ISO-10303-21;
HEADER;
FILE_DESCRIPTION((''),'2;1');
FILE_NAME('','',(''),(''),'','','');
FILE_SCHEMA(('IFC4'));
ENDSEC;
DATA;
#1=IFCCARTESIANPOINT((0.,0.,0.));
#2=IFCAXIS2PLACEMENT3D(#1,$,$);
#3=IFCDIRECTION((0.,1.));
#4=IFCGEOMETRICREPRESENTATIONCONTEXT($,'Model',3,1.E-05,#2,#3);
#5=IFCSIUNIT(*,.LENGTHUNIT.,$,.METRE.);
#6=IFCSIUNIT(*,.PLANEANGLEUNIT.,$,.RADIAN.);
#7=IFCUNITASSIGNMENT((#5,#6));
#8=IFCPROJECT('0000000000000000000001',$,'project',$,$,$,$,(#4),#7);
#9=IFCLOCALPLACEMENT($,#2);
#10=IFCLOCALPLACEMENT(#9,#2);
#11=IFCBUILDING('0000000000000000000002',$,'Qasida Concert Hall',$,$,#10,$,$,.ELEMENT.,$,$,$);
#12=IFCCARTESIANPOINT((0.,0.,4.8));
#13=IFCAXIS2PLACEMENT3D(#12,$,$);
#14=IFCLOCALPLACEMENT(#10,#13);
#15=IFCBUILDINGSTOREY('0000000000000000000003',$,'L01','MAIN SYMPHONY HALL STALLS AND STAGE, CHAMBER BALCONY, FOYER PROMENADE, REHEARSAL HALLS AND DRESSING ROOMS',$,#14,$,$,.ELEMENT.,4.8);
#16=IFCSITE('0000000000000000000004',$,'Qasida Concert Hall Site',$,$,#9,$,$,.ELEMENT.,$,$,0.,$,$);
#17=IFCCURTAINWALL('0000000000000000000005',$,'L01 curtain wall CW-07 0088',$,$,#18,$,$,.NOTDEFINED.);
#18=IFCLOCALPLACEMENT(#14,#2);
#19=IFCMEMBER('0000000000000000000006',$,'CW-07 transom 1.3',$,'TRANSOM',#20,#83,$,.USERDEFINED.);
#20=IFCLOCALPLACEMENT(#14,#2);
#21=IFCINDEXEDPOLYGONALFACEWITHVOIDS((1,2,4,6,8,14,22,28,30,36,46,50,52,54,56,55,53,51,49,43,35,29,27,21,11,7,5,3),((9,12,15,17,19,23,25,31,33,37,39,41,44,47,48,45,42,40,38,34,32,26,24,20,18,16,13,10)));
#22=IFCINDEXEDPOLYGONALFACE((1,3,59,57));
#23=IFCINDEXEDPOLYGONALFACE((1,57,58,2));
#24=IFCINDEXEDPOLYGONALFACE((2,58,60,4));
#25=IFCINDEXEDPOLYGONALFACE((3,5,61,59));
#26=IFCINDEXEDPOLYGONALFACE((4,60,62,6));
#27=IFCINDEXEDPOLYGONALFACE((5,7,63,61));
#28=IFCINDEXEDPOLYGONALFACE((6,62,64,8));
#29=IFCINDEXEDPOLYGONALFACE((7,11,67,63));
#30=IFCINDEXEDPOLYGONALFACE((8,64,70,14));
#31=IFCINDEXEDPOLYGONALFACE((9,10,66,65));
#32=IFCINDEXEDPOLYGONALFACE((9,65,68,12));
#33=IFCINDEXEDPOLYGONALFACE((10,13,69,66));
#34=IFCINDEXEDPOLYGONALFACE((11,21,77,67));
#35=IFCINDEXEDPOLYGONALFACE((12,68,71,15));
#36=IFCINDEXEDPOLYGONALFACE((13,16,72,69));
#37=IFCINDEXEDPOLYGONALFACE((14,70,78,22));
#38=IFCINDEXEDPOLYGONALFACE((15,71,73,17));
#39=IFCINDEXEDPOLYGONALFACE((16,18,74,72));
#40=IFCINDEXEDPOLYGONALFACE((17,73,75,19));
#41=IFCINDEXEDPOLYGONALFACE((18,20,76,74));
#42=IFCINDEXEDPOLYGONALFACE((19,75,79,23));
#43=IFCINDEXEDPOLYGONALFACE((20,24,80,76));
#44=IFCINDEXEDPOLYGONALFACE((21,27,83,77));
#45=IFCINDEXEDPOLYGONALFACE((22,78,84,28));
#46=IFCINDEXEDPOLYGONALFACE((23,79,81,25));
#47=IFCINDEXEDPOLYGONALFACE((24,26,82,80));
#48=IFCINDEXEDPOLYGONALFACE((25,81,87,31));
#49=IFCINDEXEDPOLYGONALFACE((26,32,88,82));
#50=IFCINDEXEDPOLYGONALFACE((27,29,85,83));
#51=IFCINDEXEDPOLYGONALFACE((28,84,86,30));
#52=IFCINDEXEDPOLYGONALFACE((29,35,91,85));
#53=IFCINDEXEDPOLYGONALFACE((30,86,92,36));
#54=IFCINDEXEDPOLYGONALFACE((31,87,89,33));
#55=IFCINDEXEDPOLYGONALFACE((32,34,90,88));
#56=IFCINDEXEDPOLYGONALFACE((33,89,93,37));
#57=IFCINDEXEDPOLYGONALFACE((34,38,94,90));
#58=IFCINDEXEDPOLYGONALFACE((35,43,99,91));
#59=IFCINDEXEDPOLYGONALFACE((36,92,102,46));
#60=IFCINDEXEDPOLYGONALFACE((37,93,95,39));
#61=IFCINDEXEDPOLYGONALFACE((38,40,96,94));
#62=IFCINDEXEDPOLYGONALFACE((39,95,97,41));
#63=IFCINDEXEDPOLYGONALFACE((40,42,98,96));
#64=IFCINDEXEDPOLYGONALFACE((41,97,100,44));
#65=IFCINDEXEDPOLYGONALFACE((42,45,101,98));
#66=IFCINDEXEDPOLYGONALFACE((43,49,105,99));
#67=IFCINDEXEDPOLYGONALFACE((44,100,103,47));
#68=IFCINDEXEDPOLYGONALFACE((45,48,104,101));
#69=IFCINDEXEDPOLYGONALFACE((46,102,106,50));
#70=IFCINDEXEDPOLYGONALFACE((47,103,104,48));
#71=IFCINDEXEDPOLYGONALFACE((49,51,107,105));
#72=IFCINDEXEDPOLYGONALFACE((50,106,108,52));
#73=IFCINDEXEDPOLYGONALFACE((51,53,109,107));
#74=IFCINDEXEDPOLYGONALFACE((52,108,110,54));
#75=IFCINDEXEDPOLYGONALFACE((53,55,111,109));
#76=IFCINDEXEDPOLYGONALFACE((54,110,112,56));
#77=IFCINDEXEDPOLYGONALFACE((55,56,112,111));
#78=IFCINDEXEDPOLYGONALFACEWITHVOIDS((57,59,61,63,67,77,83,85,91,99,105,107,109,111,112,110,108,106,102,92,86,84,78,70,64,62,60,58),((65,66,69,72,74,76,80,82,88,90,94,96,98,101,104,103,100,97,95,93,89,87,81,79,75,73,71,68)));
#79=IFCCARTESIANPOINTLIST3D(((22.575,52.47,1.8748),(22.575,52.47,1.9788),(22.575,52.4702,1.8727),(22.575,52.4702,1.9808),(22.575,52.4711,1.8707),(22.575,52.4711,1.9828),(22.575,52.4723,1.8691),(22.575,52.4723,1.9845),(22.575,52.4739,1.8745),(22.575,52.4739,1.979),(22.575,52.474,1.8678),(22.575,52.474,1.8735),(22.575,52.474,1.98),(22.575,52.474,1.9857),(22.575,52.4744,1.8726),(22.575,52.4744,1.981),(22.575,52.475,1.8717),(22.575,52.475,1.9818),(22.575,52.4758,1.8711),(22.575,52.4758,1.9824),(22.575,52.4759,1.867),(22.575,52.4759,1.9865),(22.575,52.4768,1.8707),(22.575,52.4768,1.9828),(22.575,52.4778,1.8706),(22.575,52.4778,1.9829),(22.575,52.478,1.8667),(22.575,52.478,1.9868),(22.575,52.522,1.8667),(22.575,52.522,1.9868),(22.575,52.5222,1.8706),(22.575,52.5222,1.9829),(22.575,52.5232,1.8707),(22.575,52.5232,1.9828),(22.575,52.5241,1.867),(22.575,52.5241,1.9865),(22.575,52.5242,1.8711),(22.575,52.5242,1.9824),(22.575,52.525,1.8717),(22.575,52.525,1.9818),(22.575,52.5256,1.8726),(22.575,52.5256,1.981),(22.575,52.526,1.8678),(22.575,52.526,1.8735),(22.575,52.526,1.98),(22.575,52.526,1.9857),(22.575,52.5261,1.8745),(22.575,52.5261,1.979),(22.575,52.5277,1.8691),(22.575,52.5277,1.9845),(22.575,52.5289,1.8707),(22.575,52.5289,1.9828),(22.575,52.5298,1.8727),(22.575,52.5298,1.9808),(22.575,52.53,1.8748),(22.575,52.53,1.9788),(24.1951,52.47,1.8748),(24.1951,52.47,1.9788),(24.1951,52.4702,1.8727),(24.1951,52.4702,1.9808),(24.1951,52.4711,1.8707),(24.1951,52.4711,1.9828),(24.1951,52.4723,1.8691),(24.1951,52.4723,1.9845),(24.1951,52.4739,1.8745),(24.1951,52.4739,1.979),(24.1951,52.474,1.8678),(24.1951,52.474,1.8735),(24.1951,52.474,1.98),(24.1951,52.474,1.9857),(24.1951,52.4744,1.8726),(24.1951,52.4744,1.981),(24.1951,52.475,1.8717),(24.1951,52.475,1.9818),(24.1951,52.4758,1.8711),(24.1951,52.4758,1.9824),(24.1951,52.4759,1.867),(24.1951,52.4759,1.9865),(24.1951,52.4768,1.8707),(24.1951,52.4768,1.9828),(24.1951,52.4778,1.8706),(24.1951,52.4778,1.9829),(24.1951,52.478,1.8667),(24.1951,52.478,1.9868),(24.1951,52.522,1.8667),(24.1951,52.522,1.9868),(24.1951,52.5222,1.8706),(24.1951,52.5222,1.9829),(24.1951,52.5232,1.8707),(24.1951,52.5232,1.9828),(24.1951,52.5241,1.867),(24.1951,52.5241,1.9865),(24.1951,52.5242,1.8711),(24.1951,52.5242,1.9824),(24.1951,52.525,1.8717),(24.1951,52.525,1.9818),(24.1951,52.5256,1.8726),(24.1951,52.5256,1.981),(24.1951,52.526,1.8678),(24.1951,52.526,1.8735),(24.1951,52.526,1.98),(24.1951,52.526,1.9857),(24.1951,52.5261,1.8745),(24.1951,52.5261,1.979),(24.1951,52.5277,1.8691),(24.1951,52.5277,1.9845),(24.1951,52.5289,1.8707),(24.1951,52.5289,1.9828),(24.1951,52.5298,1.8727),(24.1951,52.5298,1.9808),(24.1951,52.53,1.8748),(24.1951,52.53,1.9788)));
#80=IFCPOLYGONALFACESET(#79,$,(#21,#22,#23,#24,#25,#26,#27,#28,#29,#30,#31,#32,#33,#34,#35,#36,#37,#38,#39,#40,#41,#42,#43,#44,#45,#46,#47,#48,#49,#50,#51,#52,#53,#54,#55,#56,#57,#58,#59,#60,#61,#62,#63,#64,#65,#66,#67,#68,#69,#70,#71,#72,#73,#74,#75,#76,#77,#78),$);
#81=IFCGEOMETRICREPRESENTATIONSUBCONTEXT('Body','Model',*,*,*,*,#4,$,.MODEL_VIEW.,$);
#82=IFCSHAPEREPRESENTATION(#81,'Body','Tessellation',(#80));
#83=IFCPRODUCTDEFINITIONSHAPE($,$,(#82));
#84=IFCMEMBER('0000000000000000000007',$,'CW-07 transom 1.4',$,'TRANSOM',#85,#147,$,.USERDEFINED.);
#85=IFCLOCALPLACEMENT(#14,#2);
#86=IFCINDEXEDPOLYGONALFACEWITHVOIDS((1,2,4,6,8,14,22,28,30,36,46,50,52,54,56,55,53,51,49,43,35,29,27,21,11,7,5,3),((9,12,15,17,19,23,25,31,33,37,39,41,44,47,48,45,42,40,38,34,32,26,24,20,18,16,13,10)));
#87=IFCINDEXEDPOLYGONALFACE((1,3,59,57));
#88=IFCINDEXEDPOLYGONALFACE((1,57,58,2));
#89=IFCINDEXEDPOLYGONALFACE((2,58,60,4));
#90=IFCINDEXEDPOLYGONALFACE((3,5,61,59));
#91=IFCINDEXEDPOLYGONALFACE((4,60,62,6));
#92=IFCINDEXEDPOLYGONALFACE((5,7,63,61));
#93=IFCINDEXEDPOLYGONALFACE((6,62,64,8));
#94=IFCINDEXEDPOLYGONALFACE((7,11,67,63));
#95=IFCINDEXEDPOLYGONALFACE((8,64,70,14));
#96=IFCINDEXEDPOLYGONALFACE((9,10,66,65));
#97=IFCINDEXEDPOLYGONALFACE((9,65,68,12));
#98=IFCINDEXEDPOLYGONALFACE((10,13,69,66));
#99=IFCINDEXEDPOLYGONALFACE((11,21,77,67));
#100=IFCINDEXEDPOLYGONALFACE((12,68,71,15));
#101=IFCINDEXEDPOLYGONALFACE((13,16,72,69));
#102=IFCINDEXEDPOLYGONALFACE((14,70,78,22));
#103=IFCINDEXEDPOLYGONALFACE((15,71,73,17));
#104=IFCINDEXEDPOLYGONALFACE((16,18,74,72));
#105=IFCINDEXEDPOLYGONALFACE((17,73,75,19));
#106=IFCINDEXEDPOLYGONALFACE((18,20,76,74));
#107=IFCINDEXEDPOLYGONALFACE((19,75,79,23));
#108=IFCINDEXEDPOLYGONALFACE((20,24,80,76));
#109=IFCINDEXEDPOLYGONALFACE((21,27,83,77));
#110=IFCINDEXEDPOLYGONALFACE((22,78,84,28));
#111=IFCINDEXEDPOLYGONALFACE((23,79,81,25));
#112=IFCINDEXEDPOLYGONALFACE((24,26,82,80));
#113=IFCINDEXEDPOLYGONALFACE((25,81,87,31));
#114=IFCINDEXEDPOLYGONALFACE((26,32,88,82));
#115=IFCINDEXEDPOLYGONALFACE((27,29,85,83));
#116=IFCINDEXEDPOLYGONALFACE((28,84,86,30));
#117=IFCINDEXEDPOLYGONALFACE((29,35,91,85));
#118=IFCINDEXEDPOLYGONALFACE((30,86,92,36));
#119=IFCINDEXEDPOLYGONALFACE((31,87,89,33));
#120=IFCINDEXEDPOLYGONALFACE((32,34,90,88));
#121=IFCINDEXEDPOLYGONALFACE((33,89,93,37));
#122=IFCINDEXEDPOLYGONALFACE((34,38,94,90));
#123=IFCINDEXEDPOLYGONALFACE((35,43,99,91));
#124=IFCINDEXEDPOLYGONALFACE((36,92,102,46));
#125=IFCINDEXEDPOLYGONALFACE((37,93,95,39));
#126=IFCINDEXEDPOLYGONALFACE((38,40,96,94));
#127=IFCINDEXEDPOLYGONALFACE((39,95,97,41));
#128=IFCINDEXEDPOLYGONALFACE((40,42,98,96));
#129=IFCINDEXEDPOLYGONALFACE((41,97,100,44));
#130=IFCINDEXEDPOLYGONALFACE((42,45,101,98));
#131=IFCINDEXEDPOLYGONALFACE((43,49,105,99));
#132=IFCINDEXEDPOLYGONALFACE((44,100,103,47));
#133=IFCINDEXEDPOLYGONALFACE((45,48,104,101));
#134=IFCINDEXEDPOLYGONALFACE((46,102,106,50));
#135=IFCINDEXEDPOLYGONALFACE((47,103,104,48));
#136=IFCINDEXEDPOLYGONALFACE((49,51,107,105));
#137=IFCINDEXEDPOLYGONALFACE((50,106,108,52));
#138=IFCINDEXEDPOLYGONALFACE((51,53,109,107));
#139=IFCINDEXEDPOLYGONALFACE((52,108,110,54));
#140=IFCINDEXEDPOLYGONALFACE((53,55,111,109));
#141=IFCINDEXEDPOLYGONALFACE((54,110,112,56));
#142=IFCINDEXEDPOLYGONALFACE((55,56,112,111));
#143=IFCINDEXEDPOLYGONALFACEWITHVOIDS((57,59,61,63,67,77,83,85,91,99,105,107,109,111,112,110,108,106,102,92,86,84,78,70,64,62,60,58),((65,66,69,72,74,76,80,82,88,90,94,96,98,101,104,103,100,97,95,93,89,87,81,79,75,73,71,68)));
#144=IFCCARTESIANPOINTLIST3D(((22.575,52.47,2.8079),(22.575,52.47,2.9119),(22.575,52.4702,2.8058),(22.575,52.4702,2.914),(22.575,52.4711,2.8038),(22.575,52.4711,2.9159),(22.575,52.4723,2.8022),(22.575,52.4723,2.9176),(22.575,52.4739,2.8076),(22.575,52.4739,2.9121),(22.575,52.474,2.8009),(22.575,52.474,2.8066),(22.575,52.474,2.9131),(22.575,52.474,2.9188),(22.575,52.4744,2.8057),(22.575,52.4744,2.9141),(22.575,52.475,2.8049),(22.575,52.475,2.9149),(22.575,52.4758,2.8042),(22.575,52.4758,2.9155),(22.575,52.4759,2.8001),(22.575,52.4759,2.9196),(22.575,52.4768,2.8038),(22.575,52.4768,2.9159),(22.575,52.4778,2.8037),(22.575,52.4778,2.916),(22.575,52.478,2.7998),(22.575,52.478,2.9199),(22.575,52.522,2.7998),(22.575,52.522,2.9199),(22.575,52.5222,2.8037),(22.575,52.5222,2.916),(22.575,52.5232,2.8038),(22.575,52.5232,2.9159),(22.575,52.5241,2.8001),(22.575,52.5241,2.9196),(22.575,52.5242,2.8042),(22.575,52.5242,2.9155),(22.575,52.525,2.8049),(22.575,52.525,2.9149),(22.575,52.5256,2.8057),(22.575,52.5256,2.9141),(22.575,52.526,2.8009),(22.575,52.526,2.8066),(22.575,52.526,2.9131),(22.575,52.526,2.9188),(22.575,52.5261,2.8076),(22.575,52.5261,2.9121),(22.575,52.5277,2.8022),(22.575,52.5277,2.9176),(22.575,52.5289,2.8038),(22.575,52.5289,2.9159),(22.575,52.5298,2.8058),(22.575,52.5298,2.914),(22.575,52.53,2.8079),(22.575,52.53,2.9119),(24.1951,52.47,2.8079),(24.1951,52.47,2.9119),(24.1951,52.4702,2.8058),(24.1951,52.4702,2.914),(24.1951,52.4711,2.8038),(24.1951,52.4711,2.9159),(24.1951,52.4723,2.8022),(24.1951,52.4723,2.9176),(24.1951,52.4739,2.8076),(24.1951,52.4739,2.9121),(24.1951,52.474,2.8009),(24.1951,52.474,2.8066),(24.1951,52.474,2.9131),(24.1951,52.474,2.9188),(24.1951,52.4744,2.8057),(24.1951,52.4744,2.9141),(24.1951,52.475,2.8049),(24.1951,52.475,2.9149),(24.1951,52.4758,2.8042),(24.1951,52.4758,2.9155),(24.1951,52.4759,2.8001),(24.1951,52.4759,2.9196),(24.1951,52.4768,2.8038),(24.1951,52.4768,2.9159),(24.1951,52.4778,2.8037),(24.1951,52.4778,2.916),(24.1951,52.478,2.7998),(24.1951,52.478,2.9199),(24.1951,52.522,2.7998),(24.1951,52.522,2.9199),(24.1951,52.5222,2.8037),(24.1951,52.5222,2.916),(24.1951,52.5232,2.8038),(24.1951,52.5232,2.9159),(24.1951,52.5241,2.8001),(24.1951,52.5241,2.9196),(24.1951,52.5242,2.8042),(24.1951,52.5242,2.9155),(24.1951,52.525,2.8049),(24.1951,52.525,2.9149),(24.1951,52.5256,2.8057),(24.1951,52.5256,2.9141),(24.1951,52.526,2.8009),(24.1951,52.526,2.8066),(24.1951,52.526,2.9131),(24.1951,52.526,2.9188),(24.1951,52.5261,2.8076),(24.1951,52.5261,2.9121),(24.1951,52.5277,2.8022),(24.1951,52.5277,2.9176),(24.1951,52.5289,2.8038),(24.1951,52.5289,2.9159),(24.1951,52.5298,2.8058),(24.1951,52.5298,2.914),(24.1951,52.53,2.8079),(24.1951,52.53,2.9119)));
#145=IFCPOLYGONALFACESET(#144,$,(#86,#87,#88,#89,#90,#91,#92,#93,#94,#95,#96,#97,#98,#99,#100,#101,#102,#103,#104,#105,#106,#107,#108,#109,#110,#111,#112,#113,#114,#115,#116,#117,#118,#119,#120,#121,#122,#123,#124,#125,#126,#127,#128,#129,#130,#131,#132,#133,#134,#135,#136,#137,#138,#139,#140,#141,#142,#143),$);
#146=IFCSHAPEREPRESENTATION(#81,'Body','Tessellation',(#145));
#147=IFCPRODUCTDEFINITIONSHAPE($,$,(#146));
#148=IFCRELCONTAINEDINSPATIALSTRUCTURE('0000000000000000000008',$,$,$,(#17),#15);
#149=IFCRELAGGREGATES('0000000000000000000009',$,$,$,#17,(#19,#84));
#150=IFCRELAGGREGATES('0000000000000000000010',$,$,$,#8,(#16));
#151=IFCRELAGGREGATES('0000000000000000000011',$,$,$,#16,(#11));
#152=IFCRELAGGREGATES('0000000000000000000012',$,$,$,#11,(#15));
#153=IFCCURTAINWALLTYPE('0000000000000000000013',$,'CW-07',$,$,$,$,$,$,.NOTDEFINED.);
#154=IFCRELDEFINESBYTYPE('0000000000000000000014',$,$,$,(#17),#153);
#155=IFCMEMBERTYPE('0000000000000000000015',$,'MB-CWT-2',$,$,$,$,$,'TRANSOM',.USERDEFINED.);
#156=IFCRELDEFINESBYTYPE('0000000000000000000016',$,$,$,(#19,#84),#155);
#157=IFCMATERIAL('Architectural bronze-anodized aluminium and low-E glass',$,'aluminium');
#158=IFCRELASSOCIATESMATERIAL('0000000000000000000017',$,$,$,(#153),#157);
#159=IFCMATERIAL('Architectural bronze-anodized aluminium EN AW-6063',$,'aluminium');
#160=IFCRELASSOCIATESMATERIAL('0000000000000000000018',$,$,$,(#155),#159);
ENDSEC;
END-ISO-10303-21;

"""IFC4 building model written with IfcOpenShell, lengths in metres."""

from ifc_helpers import new_model, si_unit, direction, frame, origin, origin_2d, place, context, subcontext, project, spatial, hollow_rectangle, extrude, material, material_profile, profile_set, type_object, element, aggregate, save


model = new_model("IFC4")

# Units and contexts
model_context = context("Model", 3, precision=1e-05, world=origin(), true_north=direction((0.0, 1.0)))
body_context = subcontext(model_context, "Body", "Model", "MODEL_VIEW")
ifc_project = project(units=[si_unit("LENGTHUNIT", "METRE"), si_unit("PLANEANGLEUNIT", "RADIAN")], contexts=[model_context])

# Site, building, storey
site_placement = place(None, origin())
site = spatial("IfcSite", under=ifc_project, at=site_placement, Name="Qasida Concert Hall Site", CompositionType="ELEMENT", RefElevation=0.0)
building_placement = place(site_placement, origin())
building = spatial("IfcBuilding", under=site, at=building_placement, Name="Qasida Concert Hall", CompositionType="ELEMENT")
storey_placement = place(building_placement, frame((0.0, 0.0, 4.8)))
storey = spatial("IfcBuildingStorey", under=building, at=storey_placement, Name="L01", Description="MAIN SYMPHONY HALL STALLS AND STAGE, CHAMBER BALCONY, FOYER PROMENADE, REHEARSAL HALLS AND DRESSING ROOMS", CompositionType="ELEMENT", Elevation=4.8)

# Curtain wall
ifc_material_1 = material(Name="Architectural bronze-anodized aluminium and low-E glass", Category="aluminium")
curtain_wall_type_1 = type_object("IfcCurtainWallType", Name="CW-07", PredefinedType="NOTDEFINED", material=ifc_material_1)
curtain_wall_1_placement = place(storey_placement, origin())
curtain_wall_1 = element("IfcCurtainWall", 1, at=curtain_wall_1_placement, inside=storey, type_object=curtain_wall_type_1, Name="L01 curtain wall CW-07 0088", PredefinedType="NOTDEFINED")
ifc_material_2 = material(Name="Architectural bronze-anodized aluminium EN AW-6063", Category="aluminium")

# Members
ifc_material_profile_1 = material_profile(ifc_material_2, hollow_rectangle(XDim=0.0601, YDim=0.1201, WallThickness=0.0039, InnerFilletRadius=0.0039, OuterFilletRadius=0.0081, at=origin_2d()), Name="CWT 120x60x4")
ifc_profile_set_1 = profile_set([ifc_material_profile_1], Name="Architectural bronze-anodized aluminium EN AW-6063")
member_type_1 = type_object("IfcMemberType", Name="MB-CWT-2", ElementType="TRANSOM", PredefinedType="USERDEFINED", material=ifc_profile_set_1)
member_1_placement = place(storey_placement, frame((22.575, 52.5, 1.9268), z_axis=(1.0, 0.0, 0.0), x_axis=(0.0, 1.0, 0.0)))
member_1 = element("IfcMember", 2, at=member_1_placement, type_object=member_type_1, Name="CW-07 transom 1.3", ObjectType="TRANSOM", PredefinedType="USERDEFINED", context=body_context, shape_type="SweptSolid", body=[
    extrude(hollow_rectangle(XDim=0.0601, YDim=0.1201, WallThickness=0.0039, InnerFilletRadius=0.0039, OuterFilletRadius=0.0081, at=origin_2d()), origin(), (0.0, 0.0, 1.0), 1.6201),
])
member_2_placement = place(storey_placement, frame((22.575, 52.5, 2.8599), z_axis=(1.0, 0.0, 0.0), x_axis=(0.0, 1.0, 0.0)))
member_2 = element("IfcMember", 3, at=member_2_placement, type_object=member_type_1, Name="CW-07 transom 1.4", ObjectType="TRANSOM", PredefinedType="USERDEFINED", context=body_context, shape_type="SweptSolid", body=[
    extrude(hollow_rectangle(XDim=0.0601, YDim=0.1201, WallThickness=0.0039, InnerFilletRadius=0.0039, OuterFilletRadius=0.0081, at=origin_2d()), origin(), (0.0, 0.0, 1.0), 1.6201),
])

aggregate(curtain_wall_1, [member_1, member_2])

save(model, "model.ifc")
